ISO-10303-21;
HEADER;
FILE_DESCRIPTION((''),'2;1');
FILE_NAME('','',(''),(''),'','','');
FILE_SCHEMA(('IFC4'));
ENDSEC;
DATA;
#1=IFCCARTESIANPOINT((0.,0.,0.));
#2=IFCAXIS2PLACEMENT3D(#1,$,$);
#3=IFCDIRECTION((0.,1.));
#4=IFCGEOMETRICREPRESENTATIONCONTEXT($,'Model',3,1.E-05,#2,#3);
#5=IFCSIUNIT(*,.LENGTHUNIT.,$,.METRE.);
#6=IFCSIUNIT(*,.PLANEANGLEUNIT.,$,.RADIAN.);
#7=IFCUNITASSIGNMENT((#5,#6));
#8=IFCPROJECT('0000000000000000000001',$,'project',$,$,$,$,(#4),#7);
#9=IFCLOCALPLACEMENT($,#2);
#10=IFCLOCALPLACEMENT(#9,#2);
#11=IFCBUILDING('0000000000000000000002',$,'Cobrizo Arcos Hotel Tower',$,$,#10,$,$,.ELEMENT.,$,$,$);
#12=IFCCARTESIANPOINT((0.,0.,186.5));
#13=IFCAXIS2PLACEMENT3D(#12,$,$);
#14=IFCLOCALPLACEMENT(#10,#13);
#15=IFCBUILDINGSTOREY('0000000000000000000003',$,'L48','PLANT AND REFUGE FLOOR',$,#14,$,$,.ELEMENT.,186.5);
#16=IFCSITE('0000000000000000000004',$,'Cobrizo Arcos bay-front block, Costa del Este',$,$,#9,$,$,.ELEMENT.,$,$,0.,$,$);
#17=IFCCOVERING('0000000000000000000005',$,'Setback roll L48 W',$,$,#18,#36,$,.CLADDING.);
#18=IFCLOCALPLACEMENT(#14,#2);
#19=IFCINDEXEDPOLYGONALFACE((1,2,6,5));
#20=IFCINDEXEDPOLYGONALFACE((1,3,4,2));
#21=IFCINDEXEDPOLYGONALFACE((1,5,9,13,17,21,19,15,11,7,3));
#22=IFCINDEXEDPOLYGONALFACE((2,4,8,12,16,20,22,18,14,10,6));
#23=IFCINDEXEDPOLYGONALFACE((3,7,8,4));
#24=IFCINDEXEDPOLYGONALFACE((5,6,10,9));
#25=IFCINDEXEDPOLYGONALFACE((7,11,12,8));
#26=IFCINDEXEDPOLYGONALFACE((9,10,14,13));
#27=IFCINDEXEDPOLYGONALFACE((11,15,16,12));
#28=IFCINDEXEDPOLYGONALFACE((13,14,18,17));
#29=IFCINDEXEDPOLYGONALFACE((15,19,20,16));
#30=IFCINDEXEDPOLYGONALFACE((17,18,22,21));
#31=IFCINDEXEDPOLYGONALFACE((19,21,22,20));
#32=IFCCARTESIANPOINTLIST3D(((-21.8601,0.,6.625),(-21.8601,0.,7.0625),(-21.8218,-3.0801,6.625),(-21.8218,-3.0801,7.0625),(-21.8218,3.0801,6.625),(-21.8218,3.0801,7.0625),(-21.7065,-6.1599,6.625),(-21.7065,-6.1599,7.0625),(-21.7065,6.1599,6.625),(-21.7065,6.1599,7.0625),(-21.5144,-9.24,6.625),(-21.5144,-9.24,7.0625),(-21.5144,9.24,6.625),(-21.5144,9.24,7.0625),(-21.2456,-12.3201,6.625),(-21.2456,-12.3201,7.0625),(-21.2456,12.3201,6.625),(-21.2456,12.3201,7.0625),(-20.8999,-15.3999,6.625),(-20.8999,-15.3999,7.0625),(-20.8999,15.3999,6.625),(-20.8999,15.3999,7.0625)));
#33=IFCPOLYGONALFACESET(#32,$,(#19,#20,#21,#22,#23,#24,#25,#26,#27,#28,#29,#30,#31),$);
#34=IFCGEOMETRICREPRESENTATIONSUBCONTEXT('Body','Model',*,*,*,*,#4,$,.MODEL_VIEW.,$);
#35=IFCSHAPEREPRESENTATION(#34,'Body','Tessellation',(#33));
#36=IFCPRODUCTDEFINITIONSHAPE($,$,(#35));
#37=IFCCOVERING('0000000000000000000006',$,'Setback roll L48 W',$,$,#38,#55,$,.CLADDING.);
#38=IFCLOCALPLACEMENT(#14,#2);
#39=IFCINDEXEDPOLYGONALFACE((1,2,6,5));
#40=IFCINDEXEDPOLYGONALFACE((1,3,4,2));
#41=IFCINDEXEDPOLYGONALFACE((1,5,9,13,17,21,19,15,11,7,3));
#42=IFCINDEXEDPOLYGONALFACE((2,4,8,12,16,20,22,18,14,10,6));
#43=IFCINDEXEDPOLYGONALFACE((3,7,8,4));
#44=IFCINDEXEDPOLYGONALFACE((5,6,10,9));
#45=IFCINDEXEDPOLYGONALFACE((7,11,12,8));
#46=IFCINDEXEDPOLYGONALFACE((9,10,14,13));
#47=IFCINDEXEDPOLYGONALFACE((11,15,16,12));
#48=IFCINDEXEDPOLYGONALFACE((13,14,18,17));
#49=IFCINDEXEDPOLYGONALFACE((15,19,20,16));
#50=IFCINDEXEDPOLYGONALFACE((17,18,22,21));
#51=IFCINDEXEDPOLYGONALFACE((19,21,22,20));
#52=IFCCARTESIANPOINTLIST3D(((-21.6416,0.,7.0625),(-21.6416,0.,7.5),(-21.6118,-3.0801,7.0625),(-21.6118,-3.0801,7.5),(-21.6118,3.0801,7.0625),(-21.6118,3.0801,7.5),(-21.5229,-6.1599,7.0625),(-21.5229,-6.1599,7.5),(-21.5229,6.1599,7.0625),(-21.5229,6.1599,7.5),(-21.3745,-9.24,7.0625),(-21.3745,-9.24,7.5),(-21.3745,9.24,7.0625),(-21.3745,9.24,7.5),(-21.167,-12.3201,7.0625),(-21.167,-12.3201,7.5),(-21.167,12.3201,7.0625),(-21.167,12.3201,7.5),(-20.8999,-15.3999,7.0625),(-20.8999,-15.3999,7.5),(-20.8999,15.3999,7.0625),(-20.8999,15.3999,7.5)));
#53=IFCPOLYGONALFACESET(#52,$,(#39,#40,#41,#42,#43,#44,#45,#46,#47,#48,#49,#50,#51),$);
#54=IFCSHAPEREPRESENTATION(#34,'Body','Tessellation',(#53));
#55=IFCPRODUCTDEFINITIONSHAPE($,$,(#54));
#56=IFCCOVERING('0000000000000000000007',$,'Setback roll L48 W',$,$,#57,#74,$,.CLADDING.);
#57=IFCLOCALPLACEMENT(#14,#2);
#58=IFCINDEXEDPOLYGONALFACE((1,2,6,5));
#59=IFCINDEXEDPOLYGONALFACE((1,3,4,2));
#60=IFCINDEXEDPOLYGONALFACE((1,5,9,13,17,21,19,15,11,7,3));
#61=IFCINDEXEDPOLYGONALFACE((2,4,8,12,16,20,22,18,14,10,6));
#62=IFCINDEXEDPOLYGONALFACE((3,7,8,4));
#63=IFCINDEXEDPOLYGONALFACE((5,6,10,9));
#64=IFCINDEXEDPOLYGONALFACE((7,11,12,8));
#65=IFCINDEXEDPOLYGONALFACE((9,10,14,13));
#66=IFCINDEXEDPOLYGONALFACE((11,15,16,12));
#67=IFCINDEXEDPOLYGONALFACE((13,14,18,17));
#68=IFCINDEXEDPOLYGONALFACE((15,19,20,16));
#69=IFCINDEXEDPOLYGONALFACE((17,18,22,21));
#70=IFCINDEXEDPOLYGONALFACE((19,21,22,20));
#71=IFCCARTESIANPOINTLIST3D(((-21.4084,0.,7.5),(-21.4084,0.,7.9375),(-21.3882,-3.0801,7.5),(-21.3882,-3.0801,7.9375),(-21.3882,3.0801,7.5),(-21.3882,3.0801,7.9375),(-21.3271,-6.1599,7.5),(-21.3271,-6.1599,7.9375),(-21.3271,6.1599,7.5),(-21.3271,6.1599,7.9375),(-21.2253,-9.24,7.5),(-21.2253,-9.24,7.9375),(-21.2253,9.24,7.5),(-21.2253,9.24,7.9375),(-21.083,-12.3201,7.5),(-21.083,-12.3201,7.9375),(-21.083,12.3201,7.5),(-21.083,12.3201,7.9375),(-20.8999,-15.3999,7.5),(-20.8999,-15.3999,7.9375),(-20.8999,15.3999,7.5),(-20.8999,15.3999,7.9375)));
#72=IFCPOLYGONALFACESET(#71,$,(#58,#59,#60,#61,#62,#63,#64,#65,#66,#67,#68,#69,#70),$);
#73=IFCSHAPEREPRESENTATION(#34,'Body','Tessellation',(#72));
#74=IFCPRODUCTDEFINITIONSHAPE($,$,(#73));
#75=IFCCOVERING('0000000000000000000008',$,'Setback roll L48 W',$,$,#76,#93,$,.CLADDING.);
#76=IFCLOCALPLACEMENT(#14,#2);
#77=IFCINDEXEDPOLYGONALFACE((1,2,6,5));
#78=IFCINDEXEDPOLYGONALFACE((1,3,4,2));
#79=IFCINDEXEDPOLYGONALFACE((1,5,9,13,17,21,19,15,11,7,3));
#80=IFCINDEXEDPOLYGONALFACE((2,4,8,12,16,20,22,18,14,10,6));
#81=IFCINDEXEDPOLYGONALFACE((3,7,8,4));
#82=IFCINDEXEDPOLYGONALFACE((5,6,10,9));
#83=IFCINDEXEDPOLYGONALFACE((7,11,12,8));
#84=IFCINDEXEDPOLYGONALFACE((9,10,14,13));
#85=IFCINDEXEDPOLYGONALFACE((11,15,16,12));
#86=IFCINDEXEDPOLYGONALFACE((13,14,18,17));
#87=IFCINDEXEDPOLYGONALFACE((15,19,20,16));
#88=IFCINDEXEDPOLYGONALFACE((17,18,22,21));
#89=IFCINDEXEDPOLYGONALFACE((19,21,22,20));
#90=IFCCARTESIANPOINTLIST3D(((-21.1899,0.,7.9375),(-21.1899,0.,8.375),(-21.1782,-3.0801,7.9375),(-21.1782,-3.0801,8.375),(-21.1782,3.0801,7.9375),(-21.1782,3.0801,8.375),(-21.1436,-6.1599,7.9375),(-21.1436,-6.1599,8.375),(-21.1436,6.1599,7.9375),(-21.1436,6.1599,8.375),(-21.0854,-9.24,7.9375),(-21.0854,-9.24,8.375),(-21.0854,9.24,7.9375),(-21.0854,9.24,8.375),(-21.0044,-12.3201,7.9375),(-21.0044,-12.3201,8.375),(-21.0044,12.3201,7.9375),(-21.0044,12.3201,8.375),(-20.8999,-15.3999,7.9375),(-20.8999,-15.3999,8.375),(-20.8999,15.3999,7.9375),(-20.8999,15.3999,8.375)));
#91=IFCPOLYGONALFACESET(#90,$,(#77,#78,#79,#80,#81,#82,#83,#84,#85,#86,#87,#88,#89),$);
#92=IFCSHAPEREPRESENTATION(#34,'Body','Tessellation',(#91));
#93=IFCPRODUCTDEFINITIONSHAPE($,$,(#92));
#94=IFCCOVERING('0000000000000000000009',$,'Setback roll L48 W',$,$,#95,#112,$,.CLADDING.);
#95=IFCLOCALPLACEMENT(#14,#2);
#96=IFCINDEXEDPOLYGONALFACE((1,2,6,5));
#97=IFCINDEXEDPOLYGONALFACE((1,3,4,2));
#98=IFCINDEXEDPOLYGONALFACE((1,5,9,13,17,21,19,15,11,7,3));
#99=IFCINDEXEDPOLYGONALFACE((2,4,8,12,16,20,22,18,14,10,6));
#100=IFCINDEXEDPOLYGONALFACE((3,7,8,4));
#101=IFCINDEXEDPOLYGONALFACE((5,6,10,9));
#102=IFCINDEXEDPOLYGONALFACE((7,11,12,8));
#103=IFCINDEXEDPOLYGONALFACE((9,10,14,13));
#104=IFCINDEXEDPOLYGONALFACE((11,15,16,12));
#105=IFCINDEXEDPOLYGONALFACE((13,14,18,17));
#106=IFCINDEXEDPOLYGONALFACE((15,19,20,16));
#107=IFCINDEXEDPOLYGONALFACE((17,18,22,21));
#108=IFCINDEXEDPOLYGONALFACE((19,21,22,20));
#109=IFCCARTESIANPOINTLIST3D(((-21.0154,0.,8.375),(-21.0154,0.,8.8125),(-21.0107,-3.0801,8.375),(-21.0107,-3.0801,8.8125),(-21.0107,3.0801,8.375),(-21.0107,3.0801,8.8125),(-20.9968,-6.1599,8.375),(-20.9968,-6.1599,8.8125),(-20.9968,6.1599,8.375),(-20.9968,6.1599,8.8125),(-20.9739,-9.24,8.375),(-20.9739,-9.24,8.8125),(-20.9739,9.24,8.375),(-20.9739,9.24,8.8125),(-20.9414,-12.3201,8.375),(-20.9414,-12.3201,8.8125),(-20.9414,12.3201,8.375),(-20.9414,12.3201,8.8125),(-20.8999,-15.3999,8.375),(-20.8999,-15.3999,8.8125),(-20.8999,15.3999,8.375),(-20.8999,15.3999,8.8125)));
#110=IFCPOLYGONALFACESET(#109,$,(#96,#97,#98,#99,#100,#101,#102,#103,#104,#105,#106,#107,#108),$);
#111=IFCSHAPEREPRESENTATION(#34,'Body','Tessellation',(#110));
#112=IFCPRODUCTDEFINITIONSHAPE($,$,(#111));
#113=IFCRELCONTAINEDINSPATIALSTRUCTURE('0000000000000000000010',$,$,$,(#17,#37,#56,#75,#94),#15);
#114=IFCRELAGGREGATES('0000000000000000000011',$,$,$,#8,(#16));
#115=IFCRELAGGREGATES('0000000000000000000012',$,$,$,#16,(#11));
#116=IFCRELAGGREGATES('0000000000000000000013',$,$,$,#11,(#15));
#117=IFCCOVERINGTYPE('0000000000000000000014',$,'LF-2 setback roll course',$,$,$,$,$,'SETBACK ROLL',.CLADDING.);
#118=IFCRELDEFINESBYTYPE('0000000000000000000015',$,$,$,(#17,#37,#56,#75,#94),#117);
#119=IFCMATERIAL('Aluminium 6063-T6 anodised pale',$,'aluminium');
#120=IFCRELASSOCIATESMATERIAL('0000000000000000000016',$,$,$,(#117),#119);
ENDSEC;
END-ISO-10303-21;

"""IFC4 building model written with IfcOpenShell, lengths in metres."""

from ifc_helpers import new_model, si_unit, direction, frame, origin, place, context, subcontext, project, spatial, polyline, outline, extrude, material, type_object, element, save


model = new_model("IFC4")

# Units and contexts
model_context = context("Model", 3, precision=1e-05, world=origin(), true_north=direction((0.0, 1.0)))
body_context = subcontext(model_context, "Body", "Model", "MODEL_VIEW")
ifc_project = project(units=[si_unit("LENGTHUNIT", "METRE"), si_unit("PLANEANGLEUNIT", "RADIAN")], contexts=[model_context])

# Site, building, storey
site_placement = place(None, origin())
site = spatial("IfcSite", under=ifc_project, at=site_placement, Name="Cobrizo Arcos bay-front block, Costa del Este", CompositionType="ELEMENT", RefElevation=0.0)
building_placement = place(site_placement, origin())
building = spatial("IfcBuilding", under=site, at=building_placement, Name="Cobrizo Arcos Hotel Tower", CompositionType="ELEMENT")
storey_placement = place(building_placement, frame((0.0, 0.0, 186.5)))
storey = spatial("IfcBuildingStorey", under=building, at=storey_placement, Name="L48", Description="PLANT AND REFUGE FLOOR", CompositionType="ELEMENT", Elevation=186.5)

# Coverings
ifc_material_1 = material(Name="Aluminium 6063-T6 anodised pale", Category="aluminium")
covering_type = type_object("IfcCoveringType", Name="LF-2 setback roll course", ElementType="SETBACK ROLL", PredefinedType="CLADDING", material=ifc_material_1)
covering_1_placement = place(storey_placement, frame((0.0, 0.0, 6.625)))
element("IfcCovering", 1, at=covering_1_placement, inside=storey, type_object=covering_type, Name="Setback roll L48 W", PredefinedType="CLADDING", context=body_context, shape_type="SweptSolid", body=[
    extrude(outline(polyline([(-20.8999, 15.3999), (-21.2456, 12.3201), (-21.5144, 9.24), (-21.7065, 6.1599), (-21.8218, 3.0801), (-21.8601, 0.0), (-21.8218, -3.0801), (-21.7065, -6.1599), (-21.5144, -9.24), (-21.2456, -12.3201), (-20.8999, -15.3999), (-20.8999, -15.3999), (-20.8999, 15.3999)])), origin(), (0.0, 0.0, 1.0), 0.4375),
])
covering_2_placement = place(storey_placement, frame((0.0, 0.0, 7.0625)))
element("IfcCovering", 2, at=covering_2_placement, inside=storey, type_object=covering_type, Name="Setback roll L48 W", PredefinedType="CLADDING", context=body_context, shape_type="SweptSolid", body=[
    extrude(outline(polyline([(-20.8999, 15.3999), (-21.167, 12.3201), (-21.3745, 9.24), (-21.5229, 6.1599), (-21.6118, 3.0801), (-21.6416, 0.0), (-21.6118, -3.0801), (-21.5229, -6.1599), (-21.3745, -9.24), (-21.167, -12.3201), (-20.8999, -15.3999), (-20.8999, -15.3999), (-20.8999, 15.3999)])), origin(), (0.0, 0.0, 1.0), 0.4375),
])
covering_3_placement = place(storey_placement, frame((0.0, 0.0, 7.5)))
element("IfcCovering", 3, at=covering_3_placement, inside=storey, type_object=covering_type, Name="Setback roll L48 W", PredefinedType="CLADDING", context=body_context, shape_type="SweptSolid", body=[
    extrude(outline(polyline([(-20.8999, 15.3999), (-21.083, 12.3201), (-21.2253, 9.24), (-21.3271, 6.1599), (-21.3882, 3.0801), (-21.4084, 0.0), (-21.3882, -3.0801), (-21.3271, -6.1599), (-21.2253, -9.24), (-21.083, -12.3201), (-20.8999, -15.3999), (-20.8999, -15.3999), (-20.8999, 15.3999)])), origin(), (0.0, 0.0, 1.0), 0.4375),
])
covering_4_placement = place(storey_placement, frame((0.0, 0.0, 7.9375)))
element("IfcCovering", 4, at=covering_4_placement, inside=storey, type_object=covering_type, Name="Setback roll L48 W", PredefinedType="CLADDING", context=body_context, shape_type="SweptSolid", body=[
    extrude(outline(polyline([(-20.8999, 15.3999), (-21.0044, 12.3201), (-21.0854, 9.24), (-21.1436, 6.1599), (-21.1782, 3.0801), (-21.1899, 0.0), (-21.1782, -3.0801), (-21.1436, -6.1599), (-21.0854, -9.24), (-21.0044, -12.3201), (-20.8999, -15.3999), (-20.8999, -15.3999), (-20.8999, 15.3999)])), origin(), (0.0, 0.0, 1.0), 0.4375),
])
covering_5_placement = place(storey_placement, frame((0.0, 0.0, 8.375)))
element("IfcCovering", 5, at=covering_5_placement, inside=storey, type_object=covering_type, Name="Setback roll L48 W", PredefinedType="CLADDING", context=body_context, shape_type="SweptSolid", body=[
    extrude(outline(polyline([(-20.8999, 15.3999), (-20.9414, 12.3201), (-20.9739, 9.24), (-20.9968, 6.1599), (-21.0107, 3.0801), (-21.0154, 0.0), (-21.0107, -3.0801), (-20.9968, -6.1599), (-20.9739, -9.24), (-20.9414, -12.3201), (-20.8999, -15.3999), (-20.8999, -15.3999), (-20.8999, 15.3999)])), origin(), (0.0, 0.0, 1.0), 0.4375),
])

save(model, "model.ifc")
